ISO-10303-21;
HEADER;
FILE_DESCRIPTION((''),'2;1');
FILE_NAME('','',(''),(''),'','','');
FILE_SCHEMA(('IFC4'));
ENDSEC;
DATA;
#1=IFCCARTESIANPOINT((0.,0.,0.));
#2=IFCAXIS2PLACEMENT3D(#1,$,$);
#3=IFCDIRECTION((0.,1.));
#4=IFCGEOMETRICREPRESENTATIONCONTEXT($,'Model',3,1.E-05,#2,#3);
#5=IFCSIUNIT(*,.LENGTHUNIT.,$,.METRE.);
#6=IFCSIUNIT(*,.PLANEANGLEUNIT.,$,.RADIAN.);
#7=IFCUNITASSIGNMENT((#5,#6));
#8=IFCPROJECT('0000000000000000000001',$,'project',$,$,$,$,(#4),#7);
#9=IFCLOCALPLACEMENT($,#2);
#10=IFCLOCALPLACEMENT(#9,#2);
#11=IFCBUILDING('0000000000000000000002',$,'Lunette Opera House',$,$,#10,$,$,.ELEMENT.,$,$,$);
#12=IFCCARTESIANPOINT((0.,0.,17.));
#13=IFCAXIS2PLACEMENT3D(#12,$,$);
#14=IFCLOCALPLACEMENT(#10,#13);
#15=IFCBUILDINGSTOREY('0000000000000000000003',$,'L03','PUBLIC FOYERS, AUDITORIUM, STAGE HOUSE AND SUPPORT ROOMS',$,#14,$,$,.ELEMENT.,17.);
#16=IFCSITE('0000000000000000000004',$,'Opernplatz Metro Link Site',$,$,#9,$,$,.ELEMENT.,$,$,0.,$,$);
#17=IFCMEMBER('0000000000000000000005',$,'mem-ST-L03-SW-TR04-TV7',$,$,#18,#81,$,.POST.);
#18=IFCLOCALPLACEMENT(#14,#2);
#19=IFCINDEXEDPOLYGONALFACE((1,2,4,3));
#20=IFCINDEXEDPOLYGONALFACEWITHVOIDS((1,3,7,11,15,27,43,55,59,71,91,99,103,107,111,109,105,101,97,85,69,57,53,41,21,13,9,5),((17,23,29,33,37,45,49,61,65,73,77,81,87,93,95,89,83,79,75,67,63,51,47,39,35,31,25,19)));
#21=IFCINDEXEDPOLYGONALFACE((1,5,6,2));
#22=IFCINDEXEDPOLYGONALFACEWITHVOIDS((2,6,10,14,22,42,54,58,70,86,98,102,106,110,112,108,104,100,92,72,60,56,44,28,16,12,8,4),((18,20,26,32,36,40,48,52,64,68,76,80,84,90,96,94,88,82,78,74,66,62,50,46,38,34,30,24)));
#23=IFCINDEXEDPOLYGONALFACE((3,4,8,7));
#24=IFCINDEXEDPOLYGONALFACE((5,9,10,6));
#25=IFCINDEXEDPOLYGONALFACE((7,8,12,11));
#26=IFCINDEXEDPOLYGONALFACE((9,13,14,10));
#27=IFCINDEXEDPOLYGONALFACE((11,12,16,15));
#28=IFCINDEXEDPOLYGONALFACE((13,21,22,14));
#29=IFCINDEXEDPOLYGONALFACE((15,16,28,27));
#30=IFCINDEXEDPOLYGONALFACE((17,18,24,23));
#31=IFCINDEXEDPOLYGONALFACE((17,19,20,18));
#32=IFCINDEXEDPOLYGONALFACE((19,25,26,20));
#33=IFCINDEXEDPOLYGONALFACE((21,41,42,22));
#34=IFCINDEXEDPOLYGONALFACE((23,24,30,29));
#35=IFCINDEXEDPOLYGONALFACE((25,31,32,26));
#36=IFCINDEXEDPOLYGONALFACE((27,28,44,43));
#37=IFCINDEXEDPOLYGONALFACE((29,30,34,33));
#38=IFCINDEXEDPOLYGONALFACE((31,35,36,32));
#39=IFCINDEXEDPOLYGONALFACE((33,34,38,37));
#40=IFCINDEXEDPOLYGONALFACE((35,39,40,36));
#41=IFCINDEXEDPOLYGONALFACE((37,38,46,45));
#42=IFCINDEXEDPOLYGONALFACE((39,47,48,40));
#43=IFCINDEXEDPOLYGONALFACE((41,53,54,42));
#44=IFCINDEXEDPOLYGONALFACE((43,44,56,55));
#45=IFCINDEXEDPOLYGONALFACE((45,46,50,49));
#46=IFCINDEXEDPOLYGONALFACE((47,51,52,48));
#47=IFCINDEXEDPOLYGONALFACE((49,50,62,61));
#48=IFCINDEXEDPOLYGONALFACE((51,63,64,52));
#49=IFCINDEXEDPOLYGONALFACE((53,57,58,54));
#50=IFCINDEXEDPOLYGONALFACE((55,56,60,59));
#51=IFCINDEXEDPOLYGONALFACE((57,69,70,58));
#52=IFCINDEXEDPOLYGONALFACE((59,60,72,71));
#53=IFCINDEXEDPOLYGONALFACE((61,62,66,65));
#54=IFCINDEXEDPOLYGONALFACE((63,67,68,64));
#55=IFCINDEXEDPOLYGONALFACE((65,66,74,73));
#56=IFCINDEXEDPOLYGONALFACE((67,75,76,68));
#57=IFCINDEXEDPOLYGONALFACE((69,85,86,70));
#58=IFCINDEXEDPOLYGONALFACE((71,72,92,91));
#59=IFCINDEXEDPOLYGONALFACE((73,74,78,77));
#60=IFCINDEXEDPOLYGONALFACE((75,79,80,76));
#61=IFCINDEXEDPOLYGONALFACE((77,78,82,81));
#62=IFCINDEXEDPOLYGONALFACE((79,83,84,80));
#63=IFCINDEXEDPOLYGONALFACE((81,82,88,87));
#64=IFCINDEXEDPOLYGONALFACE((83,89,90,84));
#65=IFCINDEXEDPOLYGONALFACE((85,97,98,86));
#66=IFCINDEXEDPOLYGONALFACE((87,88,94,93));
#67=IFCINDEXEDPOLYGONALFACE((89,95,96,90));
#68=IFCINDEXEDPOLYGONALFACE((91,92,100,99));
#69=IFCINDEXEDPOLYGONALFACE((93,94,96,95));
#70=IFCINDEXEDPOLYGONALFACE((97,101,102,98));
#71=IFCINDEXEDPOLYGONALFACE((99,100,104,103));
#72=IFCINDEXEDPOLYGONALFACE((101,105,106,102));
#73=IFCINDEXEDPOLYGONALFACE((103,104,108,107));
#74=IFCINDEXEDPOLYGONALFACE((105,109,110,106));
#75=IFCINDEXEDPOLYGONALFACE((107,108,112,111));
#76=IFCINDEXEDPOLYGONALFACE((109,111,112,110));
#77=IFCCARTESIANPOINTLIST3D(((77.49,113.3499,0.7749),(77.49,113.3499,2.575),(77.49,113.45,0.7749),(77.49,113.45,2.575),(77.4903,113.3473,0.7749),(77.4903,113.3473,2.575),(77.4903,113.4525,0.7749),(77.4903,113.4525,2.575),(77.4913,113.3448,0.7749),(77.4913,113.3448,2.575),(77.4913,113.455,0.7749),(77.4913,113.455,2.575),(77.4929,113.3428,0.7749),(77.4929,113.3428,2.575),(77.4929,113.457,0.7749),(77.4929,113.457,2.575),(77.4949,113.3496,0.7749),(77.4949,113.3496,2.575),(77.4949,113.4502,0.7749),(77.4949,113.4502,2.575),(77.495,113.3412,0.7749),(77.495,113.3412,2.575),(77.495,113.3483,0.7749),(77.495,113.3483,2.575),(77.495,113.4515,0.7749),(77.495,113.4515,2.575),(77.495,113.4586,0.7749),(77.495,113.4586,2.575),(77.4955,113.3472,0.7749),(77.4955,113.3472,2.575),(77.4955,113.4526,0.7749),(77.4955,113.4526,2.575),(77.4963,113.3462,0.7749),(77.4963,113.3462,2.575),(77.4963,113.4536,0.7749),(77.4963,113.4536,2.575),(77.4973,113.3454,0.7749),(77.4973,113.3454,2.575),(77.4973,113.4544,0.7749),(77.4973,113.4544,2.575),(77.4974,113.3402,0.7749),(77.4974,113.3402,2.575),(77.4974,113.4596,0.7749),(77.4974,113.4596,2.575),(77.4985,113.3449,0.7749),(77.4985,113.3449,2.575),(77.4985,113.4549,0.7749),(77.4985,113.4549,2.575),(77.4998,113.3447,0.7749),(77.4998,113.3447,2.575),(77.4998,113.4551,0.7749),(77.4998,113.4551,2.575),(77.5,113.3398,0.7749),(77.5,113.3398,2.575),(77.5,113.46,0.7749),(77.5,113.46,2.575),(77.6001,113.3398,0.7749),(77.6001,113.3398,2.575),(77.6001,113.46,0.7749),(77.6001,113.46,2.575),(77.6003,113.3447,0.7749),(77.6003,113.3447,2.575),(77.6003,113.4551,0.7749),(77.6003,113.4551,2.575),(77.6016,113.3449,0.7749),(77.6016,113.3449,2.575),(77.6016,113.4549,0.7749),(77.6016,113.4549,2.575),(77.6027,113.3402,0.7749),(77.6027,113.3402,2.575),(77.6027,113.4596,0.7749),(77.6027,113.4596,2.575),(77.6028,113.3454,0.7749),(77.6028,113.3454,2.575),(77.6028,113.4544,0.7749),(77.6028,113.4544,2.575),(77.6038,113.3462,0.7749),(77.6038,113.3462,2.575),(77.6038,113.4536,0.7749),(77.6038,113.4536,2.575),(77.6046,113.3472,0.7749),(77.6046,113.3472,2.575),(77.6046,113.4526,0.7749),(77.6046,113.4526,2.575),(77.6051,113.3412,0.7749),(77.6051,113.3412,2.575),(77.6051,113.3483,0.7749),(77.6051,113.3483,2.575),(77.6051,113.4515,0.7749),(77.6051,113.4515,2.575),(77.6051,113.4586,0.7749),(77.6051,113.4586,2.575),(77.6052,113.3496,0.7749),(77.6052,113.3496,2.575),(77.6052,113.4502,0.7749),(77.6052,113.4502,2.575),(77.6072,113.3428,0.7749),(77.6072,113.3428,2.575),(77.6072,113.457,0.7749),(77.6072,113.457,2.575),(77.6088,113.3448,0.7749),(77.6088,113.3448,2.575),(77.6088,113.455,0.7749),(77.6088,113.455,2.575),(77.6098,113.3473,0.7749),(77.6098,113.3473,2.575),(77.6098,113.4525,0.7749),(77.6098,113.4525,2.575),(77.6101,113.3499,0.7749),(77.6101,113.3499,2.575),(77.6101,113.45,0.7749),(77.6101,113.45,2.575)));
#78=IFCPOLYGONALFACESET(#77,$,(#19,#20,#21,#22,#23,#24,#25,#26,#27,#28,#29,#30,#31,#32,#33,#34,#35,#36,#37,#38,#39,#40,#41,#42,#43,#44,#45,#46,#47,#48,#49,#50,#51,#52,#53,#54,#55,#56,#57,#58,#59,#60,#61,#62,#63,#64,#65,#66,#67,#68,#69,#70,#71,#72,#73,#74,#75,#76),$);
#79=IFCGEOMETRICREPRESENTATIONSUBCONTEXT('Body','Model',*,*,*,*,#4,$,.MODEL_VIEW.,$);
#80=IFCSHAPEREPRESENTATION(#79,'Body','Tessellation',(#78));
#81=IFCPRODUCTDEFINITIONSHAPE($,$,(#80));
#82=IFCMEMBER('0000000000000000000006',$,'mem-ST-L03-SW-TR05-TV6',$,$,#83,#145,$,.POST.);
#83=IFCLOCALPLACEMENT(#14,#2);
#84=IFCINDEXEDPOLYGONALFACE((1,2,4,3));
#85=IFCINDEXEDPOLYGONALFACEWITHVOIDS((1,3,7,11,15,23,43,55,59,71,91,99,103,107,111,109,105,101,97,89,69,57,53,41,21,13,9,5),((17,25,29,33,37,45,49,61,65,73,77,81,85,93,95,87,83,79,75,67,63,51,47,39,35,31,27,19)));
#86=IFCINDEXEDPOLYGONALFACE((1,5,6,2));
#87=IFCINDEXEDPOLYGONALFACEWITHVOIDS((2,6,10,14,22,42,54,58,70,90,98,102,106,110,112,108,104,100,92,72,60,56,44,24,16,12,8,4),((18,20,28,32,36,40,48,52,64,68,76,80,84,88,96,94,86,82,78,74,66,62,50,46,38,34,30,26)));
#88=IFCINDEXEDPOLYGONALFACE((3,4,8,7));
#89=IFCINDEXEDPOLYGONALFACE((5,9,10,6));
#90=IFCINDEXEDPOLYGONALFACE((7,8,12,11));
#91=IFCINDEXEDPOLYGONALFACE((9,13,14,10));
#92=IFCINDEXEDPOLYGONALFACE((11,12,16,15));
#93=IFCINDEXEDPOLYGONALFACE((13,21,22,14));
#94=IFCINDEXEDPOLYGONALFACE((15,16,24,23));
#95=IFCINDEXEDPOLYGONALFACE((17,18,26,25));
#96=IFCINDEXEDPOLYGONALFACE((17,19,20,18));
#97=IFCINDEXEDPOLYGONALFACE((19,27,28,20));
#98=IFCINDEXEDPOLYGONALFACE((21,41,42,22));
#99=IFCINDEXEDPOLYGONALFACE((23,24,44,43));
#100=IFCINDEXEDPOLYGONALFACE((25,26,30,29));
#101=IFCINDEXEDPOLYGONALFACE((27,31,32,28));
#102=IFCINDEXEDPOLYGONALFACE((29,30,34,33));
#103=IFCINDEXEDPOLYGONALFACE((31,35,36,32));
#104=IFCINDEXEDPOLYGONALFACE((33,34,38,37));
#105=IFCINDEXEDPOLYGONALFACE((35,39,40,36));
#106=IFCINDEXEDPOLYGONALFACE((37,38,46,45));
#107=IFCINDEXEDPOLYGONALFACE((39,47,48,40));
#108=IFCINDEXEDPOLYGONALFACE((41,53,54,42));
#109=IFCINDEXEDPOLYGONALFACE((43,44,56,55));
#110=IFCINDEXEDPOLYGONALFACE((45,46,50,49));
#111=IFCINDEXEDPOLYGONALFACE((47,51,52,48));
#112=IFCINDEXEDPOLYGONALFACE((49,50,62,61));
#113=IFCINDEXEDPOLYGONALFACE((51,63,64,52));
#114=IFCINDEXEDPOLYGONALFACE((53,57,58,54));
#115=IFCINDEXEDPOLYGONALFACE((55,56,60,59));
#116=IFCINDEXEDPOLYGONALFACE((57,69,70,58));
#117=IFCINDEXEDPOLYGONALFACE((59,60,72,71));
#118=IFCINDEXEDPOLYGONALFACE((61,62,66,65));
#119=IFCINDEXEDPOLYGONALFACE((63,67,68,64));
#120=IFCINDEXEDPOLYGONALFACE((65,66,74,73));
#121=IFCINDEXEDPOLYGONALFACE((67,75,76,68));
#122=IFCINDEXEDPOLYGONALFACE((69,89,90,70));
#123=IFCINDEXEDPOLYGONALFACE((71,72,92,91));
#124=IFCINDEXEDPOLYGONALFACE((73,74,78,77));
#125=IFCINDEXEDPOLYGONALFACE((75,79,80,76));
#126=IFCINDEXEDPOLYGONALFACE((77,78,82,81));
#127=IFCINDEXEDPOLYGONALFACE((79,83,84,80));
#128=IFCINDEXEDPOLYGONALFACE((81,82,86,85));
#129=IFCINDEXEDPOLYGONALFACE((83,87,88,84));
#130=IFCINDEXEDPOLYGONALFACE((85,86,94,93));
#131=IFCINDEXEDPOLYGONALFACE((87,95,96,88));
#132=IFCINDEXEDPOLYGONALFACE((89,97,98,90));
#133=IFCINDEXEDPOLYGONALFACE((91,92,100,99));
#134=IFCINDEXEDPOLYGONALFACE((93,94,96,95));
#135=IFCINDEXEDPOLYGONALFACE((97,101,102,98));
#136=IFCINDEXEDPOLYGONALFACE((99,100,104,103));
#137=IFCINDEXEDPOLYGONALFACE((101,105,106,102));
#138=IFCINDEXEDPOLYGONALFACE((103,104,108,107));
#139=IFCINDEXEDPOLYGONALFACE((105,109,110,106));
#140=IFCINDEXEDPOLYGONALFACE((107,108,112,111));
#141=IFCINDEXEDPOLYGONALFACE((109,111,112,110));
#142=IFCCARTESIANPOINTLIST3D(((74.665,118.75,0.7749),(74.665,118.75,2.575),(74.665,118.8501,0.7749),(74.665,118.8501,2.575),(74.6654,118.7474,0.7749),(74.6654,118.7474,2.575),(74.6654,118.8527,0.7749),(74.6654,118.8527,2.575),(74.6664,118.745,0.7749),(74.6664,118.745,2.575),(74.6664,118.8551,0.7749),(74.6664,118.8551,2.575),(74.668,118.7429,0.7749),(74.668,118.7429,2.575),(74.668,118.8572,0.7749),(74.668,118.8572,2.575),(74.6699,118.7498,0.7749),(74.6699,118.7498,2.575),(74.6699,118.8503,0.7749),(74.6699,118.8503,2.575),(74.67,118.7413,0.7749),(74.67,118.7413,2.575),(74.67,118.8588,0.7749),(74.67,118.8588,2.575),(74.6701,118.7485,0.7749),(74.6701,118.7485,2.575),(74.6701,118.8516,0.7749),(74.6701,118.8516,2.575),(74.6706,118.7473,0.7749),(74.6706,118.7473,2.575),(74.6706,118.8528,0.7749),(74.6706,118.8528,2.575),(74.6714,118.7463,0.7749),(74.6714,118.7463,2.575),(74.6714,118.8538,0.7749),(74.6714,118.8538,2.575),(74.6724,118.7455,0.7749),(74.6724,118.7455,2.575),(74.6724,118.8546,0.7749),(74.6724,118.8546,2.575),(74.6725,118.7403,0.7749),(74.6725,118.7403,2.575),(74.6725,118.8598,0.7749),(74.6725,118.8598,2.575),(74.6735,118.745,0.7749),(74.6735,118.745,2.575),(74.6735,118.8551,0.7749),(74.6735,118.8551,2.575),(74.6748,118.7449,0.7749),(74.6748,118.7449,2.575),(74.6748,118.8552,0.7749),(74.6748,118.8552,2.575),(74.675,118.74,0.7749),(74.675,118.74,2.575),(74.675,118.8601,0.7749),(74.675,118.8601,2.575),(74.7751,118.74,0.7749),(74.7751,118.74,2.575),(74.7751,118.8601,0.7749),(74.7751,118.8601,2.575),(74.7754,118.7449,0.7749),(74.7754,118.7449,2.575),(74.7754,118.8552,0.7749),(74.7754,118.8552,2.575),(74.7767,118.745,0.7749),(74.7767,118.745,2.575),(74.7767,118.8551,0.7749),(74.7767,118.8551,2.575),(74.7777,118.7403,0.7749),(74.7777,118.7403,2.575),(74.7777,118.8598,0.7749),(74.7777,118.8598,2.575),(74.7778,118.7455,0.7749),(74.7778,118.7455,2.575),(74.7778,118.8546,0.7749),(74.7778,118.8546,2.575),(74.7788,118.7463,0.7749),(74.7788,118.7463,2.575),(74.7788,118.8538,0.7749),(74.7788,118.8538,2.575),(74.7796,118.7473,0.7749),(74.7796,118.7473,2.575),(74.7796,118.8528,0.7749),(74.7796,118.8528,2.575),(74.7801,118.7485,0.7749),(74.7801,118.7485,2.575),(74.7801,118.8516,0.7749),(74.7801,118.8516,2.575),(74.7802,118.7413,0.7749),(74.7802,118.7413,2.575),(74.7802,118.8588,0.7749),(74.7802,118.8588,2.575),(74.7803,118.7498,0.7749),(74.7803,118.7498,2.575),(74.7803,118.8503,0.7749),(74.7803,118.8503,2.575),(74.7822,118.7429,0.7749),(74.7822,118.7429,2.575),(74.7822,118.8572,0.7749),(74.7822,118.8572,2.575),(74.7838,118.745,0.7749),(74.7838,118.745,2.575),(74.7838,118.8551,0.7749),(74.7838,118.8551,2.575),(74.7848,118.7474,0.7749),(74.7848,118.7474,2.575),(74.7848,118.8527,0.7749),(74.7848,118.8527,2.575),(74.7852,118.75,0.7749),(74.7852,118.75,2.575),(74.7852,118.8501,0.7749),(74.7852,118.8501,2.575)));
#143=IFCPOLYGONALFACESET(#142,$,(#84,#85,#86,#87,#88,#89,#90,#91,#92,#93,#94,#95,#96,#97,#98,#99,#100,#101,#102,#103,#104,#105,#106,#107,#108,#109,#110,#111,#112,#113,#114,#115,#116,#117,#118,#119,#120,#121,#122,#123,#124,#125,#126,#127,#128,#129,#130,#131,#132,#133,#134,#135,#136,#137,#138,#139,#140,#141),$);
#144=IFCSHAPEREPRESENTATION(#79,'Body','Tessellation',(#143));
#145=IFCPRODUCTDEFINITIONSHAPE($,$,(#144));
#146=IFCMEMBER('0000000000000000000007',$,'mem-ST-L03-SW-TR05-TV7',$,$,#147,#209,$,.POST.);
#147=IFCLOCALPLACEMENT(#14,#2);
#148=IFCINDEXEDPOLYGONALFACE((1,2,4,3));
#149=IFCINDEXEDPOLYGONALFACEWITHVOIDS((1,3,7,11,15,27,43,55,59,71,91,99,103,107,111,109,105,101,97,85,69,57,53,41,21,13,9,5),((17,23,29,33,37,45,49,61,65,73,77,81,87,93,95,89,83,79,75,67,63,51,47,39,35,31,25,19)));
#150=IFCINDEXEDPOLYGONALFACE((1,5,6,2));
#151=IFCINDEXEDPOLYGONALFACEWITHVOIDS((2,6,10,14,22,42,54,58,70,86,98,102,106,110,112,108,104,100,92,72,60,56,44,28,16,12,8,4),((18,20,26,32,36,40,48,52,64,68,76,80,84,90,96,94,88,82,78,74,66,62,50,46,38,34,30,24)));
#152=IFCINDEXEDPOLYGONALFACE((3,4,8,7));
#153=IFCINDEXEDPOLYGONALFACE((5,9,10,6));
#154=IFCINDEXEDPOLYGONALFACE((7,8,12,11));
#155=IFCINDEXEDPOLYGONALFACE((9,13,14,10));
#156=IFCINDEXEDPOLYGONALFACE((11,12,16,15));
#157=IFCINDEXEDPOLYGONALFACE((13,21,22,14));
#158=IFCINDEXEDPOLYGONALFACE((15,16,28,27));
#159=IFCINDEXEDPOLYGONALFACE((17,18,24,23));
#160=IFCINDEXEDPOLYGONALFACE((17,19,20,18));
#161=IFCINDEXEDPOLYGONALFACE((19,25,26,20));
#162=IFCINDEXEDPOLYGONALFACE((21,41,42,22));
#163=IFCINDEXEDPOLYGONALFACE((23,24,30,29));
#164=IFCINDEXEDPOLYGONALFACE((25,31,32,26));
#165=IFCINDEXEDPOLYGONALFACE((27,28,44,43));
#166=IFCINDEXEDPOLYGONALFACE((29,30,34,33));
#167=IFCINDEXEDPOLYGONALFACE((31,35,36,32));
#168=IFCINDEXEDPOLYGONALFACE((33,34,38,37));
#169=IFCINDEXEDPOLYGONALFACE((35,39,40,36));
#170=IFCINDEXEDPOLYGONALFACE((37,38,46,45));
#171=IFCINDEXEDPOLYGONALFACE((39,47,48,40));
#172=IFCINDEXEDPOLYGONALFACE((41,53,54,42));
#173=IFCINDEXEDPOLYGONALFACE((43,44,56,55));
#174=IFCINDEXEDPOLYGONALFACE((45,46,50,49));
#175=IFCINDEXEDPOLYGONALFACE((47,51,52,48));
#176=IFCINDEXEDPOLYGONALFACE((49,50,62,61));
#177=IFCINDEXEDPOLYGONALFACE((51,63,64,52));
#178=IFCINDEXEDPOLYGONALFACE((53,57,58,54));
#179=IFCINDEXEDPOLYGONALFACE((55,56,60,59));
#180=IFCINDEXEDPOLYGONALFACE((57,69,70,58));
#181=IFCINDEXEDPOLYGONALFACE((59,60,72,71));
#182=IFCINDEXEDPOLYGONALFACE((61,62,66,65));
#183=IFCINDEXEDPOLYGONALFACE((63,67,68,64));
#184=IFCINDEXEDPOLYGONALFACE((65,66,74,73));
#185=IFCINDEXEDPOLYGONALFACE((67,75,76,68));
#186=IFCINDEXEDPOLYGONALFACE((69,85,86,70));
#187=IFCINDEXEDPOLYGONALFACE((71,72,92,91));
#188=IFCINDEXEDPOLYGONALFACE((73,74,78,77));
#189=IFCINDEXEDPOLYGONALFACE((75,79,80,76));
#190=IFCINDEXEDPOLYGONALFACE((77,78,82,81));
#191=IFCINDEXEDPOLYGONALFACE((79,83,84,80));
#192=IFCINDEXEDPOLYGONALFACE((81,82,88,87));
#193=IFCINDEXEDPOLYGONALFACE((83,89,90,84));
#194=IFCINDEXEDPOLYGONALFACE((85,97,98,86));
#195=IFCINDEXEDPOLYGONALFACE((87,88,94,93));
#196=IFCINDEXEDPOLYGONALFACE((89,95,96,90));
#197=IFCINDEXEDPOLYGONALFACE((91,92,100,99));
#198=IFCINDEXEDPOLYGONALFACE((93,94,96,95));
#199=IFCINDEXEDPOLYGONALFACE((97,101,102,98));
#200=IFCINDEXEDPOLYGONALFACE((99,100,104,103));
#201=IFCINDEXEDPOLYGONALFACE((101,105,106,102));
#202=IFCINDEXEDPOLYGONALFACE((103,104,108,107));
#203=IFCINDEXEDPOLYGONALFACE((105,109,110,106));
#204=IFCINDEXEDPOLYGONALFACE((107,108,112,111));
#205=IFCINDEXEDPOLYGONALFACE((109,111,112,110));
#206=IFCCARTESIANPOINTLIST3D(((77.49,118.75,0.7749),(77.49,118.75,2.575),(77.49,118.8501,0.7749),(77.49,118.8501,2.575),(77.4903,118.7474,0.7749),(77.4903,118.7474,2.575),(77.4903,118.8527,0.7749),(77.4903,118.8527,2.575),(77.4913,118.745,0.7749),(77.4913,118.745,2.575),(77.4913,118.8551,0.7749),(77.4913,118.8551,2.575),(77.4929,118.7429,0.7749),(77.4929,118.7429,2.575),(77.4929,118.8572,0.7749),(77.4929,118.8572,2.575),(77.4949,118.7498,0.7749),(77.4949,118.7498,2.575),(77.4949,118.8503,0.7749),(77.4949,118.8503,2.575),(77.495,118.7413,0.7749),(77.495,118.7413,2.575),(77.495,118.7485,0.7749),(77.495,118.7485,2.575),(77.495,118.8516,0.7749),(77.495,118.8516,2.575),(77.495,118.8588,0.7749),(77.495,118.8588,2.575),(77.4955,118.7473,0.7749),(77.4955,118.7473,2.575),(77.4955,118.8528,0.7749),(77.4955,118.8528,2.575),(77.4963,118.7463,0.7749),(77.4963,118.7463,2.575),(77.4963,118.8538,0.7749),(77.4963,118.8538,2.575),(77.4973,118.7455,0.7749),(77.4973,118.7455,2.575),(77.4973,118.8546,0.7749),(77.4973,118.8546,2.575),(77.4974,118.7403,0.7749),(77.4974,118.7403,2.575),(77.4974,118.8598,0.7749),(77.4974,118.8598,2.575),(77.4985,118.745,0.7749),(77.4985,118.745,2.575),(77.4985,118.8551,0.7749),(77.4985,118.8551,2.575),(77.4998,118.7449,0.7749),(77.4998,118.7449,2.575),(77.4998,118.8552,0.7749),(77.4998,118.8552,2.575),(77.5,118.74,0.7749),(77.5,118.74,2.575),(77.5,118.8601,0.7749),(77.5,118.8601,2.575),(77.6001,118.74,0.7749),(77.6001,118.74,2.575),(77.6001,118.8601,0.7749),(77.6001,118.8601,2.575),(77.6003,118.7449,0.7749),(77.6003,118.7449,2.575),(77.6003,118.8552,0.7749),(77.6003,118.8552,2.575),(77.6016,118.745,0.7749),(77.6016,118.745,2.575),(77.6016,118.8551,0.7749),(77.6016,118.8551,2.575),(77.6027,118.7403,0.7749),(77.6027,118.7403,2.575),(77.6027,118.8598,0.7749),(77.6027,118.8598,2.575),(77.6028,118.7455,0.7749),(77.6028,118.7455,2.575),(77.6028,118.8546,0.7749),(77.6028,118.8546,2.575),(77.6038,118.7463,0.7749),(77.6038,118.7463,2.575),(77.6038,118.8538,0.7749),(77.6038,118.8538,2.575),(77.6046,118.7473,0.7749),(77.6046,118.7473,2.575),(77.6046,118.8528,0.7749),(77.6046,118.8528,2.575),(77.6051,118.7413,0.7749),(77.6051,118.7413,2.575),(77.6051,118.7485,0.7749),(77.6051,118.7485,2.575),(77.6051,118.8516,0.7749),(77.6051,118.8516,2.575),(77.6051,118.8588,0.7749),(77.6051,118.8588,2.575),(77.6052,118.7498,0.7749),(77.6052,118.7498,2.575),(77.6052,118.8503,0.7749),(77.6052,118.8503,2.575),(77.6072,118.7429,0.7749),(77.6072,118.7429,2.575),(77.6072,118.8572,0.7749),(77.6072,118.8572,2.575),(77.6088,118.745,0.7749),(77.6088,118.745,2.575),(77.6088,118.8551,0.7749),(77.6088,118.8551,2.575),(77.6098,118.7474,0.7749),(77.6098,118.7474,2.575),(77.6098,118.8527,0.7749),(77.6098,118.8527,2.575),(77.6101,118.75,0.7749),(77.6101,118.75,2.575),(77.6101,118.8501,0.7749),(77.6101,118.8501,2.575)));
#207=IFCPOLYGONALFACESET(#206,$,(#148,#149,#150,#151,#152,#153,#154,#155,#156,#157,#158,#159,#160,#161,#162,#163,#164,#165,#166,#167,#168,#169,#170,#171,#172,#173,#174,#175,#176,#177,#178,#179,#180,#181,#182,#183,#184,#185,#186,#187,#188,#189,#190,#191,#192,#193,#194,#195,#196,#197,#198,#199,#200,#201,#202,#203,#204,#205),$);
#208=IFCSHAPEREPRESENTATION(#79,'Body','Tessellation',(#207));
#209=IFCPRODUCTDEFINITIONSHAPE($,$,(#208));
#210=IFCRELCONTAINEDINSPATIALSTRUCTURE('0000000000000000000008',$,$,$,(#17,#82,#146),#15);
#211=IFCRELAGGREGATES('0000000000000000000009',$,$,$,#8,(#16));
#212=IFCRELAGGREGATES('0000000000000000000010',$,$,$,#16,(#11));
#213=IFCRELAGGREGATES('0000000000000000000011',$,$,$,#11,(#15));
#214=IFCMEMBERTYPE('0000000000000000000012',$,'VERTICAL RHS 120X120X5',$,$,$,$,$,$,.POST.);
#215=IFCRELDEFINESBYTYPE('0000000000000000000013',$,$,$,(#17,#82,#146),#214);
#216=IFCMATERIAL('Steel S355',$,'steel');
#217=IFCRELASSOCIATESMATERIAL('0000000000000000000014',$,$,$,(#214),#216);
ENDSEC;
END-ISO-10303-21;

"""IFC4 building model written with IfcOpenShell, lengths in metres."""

from ifc_helpers import new_model, si_unit, direction, frame, origin, origin_2d, place, context, subcontext, project, spatial, hollow_rectangle, extrude, material, material_profile, profile_set, type_object, element, save


model = new_model("IFC4")

# Units and contexts
model_context = context("Model", 3, precision=1e-05, world=origin(), true_north=direction((0.0, 1.0)))
body_context = subcontext(model_context, "Body", "Model", "MODEL_VIEW")
ifc_project = project(units=[si_unit("LENGTHUNIT", "METRE"), si_unit("PLANEANGLEUNIT", "RADIAN")], contexts=[model_context])

# Site, building, storey
site_placement = place(None, origin())
site = spatial("IfcSite", under=ifc_project, at=site_placement, Name="Opernplatz Metro Link Site", CompositionType="ELEMENT", RefElevation=0.0)
building_placement = place(site_placement, origin())
building = spatial("IfcBuilding", under=site, at=building_placement, Name="Lunette Opera House", CompositionType="ELEMENT")
storey_placement = place(building_placement, frame((0.0, 0.0, 17.0)))
storey = spatial("IfcBuildingStorey", under=building, at=storey_placement, Name="L03", Description="PUBLIC FOYERS, AUDITORIUM, STAGE HOUSE AND SUPPORT ROOMS", CompositionType="ELEMENT", Elevation=17.0)

# Members
ifc_material_1 = material(Name="Steel S355", Category="steel")
ifc_material_profile_1 = material_profile(ifc_material_1, hollow_rectangle(XDim=0.1201, YDim=0.1201, WallThickness=0.0049, InnerFilletRadius=0.0049, OuterFilletRadius=0.01, at=origin_2d()), Name="RHS 120X120X5")
ifc_profile_set_1 = profile_set([ifc_material_profile_1], Name="Steel S355")
member_type_1 = type_object("IfcMemberType", Name="VERTICAL RHS 120X120X5", PredefinedType="POST", material=ifc_profile_set_1)
for number, where, z_axis, x_axis, name in (
    (1, (77.55, 113.3999, 0.7749), (0.0, 0.0, 1.0), (1.0, 0.0, 0.0), "mem-ST-L03-SW-TR04-TV7"),
    (2, (74.7251, 118.8, 0.7749), (0.0, 0.0, 1.0), (1.0, 0.0, 0.0), "mem-ST-L03-SW-TR05-TV6"),
    (3, (77.55, 118.8, 0.7749), (0.0, 0.0, 1.0), (1.0, 0.0, 0.0), "mem-ST-L03-SW-TR05-TV7"),
):
    element("IfcMember", number, at=place(storey_placement, frame(where, z_axis=z_axis, x_axis=x_axis)), inside=storey, type_object=member_type_1, Name=name, PredefinedType="POST", context=body_context, shape_type="SweptSolid", body=[
        extrude(hollow_rectangle(XDim=0.1201, YDim=0.1201, WallThickness=0.0049, InnerFilletRadius=0.0049, OuterFilletRadius=0.01, at=origin_2d()), origin(), (0.0, 0.0, 1.0), 1.8),
    ])

save(model, "model.ifc")
